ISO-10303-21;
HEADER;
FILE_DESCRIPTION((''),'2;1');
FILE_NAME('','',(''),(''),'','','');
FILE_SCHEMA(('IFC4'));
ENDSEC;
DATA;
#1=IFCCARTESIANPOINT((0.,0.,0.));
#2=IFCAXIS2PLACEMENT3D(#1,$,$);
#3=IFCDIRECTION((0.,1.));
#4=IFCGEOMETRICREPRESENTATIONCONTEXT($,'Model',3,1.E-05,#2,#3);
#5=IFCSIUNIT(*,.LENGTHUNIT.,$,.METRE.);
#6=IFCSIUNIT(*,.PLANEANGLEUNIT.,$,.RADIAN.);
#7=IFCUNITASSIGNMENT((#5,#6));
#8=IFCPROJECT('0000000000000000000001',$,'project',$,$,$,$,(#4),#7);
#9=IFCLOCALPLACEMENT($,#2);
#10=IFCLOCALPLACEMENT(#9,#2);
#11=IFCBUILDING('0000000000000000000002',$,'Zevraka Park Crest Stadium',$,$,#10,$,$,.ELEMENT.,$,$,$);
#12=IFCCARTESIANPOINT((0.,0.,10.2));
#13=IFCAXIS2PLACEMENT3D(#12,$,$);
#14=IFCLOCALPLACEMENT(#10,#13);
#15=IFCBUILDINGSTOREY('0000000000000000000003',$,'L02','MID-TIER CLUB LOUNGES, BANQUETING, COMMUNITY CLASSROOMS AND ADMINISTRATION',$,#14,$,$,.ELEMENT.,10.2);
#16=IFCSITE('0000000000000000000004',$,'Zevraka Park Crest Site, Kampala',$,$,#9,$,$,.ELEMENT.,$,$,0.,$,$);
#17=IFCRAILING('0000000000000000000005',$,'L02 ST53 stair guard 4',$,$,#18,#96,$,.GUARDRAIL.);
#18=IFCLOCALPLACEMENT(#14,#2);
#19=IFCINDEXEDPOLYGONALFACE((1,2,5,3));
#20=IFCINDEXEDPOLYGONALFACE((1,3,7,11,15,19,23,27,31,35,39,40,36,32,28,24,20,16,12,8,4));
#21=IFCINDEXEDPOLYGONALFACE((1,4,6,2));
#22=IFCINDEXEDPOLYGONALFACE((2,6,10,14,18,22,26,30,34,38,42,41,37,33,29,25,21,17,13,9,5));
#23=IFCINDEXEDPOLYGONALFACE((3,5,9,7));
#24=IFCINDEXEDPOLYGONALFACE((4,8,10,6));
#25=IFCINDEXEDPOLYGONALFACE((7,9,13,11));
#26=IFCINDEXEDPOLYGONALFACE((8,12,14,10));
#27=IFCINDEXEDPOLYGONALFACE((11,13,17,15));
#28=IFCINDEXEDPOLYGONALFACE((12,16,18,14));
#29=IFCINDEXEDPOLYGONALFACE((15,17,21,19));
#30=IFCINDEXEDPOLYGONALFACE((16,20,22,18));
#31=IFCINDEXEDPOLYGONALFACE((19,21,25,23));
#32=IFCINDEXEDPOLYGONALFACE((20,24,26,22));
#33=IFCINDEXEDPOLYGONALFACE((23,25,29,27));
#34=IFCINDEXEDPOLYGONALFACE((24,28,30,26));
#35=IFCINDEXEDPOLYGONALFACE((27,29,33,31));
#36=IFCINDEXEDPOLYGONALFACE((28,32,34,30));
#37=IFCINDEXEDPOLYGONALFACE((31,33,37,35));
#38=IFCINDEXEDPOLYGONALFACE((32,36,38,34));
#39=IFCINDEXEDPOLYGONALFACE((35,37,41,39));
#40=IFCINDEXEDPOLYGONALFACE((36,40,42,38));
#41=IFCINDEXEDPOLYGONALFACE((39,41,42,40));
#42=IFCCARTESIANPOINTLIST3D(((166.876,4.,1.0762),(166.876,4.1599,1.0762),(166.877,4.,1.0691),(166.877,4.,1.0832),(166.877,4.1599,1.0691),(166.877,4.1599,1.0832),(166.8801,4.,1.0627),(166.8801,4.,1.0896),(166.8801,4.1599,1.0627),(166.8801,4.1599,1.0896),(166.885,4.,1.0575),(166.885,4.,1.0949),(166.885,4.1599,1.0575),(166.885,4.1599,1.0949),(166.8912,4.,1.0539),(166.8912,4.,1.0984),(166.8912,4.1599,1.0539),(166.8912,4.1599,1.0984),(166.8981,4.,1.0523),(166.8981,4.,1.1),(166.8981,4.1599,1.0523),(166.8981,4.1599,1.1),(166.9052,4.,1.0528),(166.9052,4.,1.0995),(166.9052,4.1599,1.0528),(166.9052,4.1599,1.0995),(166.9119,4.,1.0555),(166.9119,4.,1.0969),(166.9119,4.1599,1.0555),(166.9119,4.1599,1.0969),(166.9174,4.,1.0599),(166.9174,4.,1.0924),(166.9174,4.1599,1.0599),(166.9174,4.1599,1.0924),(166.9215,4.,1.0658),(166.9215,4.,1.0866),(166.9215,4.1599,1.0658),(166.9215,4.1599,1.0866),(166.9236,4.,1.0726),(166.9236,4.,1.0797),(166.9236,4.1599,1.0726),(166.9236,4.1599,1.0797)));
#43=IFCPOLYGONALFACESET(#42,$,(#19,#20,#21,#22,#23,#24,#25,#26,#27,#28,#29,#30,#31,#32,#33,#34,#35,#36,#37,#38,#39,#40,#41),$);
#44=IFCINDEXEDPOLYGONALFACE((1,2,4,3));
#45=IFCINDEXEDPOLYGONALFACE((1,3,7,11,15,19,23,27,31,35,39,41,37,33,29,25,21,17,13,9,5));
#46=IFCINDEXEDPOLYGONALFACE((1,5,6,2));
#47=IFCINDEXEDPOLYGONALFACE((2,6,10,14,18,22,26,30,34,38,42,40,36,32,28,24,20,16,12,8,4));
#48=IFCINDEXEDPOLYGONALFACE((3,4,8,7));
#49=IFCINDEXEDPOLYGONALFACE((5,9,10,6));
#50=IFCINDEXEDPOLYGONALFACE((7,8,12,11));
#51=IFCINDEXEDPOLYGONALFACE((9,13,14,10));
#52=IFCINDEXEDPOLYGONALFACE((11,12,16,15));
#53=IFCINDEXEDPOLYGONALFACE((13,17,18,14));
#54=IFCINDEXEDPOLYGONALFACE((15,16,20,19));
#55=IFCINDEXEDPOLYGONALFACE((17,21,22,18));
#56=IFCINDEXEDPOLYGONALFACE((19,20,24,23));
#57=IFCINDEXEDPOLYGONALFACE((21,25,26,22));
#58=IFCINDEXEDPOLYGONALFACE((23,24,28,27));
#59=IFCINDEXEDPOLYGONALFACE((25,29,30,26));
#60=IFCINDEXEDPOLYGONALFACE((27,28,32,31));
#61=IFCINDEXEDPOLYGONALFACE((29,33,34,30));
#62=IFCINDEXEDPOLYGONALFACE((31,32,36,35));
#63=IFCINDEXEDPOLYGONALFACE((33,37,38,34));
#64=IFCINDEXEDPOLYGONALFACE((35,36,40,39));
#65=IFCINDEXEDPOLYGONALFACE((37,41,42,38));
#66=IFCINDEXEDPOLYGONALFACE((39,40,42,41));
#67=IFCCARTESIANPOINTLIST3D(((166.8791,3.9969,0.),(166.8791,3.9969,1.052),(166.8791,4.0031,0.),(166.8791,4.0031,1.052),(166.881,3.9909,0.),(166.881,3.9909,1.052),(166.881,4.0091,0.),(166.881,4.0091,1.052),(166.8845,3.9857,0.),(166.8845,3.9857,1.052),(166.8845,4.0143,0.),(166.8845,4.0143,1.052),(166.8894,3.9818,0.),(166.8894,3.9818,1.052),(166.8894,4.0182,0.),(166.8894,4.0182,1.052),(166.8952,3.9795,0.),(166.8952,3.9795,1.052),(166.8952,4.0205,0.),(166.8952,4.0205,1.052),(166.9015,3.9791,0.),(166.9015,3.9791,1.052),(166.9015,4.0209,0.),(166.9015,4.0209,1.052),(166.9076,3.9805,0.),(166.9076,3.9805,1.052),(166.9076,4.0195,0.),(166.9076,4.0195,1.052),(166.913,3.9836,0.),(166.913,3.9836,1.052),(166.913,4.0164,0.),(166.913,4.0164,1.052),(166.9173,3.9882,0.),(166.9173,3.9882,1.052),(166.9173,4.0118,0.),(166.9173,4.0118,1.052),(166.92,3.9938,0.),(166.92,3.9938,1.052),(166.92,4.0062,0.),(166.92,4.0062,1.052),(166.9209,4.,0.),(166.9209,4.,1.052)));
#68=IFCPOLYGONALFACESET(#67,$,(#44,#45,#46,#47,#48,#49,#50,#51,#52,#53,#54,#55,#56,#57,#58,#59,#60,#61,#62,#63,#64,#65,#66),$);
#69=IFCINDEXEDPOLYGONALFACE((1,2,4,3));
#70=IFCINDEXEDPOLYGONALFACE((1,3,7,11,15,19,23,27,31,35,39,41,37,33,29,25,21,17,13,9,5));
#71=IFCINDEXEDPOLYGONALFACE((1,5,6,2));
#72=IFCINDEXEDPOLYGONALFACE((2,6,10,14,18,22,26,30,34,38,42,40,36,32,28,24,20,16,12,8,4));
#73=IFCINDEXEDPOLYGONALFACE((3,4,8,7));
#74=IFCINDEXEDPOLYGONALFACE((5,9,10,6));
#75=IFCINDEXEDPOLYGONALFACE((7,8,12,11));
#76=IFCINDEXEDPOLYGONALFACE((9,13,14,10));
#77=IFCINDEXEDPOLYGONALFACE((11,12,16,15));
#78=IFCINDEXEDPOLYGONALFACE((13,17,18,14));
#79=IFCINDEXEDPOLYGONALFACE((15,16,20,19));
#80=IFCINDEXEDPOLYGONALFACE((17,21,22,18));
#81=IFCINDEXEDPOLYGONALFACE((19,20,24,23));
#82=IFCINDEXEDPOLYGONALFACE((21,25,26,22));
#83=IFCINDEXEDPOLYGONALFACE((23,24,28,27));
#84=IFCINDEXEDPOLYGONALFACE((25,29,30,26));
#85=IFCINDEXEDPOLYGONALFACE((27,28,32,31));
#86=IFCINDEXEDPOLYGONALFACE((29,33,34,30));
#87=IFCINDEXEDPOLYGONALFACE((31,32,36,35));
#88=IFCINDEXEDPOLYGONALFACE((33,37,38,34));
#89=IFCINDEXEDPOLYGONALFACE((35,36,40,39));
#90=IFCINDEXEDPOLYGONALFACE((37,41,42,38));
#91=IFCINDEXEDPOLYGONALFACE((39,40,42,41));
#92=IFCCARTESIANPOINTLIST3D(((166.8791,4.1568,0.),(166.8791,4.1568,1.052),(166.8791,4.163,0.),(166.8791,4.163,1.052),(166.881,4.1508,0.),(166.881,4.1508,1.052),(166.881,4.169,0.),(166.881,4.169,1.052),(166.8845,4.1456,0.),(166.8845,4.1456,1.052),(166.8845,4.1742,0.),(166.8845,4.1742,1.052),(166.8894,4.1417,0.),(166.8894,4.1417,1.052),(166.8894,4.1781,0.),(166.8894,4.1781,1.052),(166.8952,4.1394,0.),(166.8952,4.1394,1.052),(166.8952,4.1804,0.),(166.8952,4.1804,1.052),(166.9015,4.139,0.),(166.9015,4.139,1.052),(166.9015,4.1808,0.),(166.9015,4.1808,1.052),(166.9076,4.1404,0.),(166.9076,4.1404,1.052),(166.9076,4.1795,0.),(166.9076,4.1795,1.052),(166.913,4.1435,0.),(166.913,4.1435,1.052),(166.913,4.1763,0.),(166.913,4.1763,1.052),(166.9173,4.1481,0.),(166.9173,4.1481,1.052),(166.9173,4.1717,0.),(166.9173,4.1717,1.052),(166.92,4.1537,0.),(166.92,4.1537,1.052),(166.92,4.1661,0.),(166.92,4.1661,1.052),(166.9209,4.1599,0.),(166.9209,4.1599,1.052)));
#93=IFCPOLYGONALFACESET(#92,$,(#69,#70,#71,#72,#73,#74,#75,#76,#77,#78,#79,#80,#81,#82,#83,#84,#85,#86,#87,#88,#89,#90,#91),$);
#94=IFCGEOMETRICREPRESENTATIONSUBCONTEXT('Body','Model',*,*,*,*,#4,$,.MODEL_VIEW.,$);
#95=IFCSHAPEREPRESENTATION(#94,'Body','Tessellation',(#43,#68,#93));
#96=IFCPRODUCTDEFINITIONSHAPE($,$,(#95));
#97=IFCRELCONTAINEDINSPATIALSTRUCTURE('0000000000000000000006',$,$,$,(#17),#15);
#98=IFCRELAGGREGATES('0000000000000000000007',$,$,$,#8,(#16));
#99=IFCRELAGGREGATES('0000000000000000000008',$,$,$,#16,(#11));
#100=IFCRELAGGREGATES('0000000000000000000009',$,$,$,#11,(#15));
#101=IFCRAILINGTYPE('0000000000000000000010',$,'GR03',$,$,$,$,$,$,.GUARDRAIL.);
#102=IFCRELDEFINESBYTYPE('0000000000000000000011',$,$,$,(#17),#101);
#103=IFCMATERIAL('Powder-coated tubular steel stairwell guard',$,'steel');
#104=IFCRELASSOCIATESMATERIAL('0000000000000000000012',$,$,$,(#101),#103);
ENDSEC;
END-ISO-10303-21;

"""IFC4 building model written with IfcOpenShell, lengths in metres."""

from ifc_helpers import new_model, si_unit, direction, frame, origin, origin_2d, place, context, subcontext, project, spatial, circle, extrude, material, type_object, element, save


model = new_model("IFC4")

# Units and contexts
model_context = context("Model", 3, precision=1e-05, world=origin(), true_north=direction((0.0, 1.0)))
body_context = subcontext(model_context, "Body", "Model", "MODEL_VIEW")
ifc_project = project(units=[si_unit("LENGTHUNIT", "METRE"), si_unit("PLANEANGLEUNIT", "RADIAN")], contexts=[model_context])

# Site, building, storey
site_placement = place(None, origin())
site = spatial("IfcSite", under=ifc_project, at=site_placement, Name="Zevraka Park Crest Site, Kampala", CompositionType="ELEMENT", RefElevation=0.0)
building_placement = place(site_placement, origin())
building = spatial("IfcBuilding", under=site, at=building_placement, Name="Zevraka Park Crest Stadium", CompositionType="ELEMENT")
storey_placement = place(building_placement, frame((0.0, 0.0, 10.2)))
storey = spatial("IfcBuildingStorey", under=building, at=storey_placement, Name="L02", Description="MID-TIER CLUB LOUNGES, BANQUETING, COMMUNITY CLASSROOMS AND ADMINISTRATION", CompositionType="ELEMENT", Elevation=10.2)

# Railing
ifc_material_1 = material(Name="Powder-coated tubular steel stairwell guard", Category="steel")
railing_type_1 = type_object("IfcRailingType", Name="GR03", PredefinedType="GUARDRAIL", material=ifc_material_1)
railing_1_placement = place(storey_placement, frame((166.8999, 4.0, 0.0)))
element("IfcRailing", 1, at=railing_1_placement, inside=storey, type_object=railing_type_1, Name="L02 ST53 stair guard 4", PredefinedType="GUARDRAIL", context=body_context, shape_type="SweptSolid", body=[
    extrude(circle(Radius=0.0239, at=origin_2d()), frame((0.0, 0.0, 1.0762), z_axis=(0.0, 1.0, 0.0), x_axis=(-1.0, 0.0, 0.0)), (0.0, 0.0, 1.0), 0.1599),
    extrude(circle(Radius=0.021, at=origin_2d()), origin(), (0.0, 0.0, 1.0), 1.052),
    extrude(circle(Radius=0.021, at=origin_2d()), frame((0.0, 0.1599, 0.0)), (0.0, 0.0, 1.0), 1.052),
])

save(model, "model.ifc")
